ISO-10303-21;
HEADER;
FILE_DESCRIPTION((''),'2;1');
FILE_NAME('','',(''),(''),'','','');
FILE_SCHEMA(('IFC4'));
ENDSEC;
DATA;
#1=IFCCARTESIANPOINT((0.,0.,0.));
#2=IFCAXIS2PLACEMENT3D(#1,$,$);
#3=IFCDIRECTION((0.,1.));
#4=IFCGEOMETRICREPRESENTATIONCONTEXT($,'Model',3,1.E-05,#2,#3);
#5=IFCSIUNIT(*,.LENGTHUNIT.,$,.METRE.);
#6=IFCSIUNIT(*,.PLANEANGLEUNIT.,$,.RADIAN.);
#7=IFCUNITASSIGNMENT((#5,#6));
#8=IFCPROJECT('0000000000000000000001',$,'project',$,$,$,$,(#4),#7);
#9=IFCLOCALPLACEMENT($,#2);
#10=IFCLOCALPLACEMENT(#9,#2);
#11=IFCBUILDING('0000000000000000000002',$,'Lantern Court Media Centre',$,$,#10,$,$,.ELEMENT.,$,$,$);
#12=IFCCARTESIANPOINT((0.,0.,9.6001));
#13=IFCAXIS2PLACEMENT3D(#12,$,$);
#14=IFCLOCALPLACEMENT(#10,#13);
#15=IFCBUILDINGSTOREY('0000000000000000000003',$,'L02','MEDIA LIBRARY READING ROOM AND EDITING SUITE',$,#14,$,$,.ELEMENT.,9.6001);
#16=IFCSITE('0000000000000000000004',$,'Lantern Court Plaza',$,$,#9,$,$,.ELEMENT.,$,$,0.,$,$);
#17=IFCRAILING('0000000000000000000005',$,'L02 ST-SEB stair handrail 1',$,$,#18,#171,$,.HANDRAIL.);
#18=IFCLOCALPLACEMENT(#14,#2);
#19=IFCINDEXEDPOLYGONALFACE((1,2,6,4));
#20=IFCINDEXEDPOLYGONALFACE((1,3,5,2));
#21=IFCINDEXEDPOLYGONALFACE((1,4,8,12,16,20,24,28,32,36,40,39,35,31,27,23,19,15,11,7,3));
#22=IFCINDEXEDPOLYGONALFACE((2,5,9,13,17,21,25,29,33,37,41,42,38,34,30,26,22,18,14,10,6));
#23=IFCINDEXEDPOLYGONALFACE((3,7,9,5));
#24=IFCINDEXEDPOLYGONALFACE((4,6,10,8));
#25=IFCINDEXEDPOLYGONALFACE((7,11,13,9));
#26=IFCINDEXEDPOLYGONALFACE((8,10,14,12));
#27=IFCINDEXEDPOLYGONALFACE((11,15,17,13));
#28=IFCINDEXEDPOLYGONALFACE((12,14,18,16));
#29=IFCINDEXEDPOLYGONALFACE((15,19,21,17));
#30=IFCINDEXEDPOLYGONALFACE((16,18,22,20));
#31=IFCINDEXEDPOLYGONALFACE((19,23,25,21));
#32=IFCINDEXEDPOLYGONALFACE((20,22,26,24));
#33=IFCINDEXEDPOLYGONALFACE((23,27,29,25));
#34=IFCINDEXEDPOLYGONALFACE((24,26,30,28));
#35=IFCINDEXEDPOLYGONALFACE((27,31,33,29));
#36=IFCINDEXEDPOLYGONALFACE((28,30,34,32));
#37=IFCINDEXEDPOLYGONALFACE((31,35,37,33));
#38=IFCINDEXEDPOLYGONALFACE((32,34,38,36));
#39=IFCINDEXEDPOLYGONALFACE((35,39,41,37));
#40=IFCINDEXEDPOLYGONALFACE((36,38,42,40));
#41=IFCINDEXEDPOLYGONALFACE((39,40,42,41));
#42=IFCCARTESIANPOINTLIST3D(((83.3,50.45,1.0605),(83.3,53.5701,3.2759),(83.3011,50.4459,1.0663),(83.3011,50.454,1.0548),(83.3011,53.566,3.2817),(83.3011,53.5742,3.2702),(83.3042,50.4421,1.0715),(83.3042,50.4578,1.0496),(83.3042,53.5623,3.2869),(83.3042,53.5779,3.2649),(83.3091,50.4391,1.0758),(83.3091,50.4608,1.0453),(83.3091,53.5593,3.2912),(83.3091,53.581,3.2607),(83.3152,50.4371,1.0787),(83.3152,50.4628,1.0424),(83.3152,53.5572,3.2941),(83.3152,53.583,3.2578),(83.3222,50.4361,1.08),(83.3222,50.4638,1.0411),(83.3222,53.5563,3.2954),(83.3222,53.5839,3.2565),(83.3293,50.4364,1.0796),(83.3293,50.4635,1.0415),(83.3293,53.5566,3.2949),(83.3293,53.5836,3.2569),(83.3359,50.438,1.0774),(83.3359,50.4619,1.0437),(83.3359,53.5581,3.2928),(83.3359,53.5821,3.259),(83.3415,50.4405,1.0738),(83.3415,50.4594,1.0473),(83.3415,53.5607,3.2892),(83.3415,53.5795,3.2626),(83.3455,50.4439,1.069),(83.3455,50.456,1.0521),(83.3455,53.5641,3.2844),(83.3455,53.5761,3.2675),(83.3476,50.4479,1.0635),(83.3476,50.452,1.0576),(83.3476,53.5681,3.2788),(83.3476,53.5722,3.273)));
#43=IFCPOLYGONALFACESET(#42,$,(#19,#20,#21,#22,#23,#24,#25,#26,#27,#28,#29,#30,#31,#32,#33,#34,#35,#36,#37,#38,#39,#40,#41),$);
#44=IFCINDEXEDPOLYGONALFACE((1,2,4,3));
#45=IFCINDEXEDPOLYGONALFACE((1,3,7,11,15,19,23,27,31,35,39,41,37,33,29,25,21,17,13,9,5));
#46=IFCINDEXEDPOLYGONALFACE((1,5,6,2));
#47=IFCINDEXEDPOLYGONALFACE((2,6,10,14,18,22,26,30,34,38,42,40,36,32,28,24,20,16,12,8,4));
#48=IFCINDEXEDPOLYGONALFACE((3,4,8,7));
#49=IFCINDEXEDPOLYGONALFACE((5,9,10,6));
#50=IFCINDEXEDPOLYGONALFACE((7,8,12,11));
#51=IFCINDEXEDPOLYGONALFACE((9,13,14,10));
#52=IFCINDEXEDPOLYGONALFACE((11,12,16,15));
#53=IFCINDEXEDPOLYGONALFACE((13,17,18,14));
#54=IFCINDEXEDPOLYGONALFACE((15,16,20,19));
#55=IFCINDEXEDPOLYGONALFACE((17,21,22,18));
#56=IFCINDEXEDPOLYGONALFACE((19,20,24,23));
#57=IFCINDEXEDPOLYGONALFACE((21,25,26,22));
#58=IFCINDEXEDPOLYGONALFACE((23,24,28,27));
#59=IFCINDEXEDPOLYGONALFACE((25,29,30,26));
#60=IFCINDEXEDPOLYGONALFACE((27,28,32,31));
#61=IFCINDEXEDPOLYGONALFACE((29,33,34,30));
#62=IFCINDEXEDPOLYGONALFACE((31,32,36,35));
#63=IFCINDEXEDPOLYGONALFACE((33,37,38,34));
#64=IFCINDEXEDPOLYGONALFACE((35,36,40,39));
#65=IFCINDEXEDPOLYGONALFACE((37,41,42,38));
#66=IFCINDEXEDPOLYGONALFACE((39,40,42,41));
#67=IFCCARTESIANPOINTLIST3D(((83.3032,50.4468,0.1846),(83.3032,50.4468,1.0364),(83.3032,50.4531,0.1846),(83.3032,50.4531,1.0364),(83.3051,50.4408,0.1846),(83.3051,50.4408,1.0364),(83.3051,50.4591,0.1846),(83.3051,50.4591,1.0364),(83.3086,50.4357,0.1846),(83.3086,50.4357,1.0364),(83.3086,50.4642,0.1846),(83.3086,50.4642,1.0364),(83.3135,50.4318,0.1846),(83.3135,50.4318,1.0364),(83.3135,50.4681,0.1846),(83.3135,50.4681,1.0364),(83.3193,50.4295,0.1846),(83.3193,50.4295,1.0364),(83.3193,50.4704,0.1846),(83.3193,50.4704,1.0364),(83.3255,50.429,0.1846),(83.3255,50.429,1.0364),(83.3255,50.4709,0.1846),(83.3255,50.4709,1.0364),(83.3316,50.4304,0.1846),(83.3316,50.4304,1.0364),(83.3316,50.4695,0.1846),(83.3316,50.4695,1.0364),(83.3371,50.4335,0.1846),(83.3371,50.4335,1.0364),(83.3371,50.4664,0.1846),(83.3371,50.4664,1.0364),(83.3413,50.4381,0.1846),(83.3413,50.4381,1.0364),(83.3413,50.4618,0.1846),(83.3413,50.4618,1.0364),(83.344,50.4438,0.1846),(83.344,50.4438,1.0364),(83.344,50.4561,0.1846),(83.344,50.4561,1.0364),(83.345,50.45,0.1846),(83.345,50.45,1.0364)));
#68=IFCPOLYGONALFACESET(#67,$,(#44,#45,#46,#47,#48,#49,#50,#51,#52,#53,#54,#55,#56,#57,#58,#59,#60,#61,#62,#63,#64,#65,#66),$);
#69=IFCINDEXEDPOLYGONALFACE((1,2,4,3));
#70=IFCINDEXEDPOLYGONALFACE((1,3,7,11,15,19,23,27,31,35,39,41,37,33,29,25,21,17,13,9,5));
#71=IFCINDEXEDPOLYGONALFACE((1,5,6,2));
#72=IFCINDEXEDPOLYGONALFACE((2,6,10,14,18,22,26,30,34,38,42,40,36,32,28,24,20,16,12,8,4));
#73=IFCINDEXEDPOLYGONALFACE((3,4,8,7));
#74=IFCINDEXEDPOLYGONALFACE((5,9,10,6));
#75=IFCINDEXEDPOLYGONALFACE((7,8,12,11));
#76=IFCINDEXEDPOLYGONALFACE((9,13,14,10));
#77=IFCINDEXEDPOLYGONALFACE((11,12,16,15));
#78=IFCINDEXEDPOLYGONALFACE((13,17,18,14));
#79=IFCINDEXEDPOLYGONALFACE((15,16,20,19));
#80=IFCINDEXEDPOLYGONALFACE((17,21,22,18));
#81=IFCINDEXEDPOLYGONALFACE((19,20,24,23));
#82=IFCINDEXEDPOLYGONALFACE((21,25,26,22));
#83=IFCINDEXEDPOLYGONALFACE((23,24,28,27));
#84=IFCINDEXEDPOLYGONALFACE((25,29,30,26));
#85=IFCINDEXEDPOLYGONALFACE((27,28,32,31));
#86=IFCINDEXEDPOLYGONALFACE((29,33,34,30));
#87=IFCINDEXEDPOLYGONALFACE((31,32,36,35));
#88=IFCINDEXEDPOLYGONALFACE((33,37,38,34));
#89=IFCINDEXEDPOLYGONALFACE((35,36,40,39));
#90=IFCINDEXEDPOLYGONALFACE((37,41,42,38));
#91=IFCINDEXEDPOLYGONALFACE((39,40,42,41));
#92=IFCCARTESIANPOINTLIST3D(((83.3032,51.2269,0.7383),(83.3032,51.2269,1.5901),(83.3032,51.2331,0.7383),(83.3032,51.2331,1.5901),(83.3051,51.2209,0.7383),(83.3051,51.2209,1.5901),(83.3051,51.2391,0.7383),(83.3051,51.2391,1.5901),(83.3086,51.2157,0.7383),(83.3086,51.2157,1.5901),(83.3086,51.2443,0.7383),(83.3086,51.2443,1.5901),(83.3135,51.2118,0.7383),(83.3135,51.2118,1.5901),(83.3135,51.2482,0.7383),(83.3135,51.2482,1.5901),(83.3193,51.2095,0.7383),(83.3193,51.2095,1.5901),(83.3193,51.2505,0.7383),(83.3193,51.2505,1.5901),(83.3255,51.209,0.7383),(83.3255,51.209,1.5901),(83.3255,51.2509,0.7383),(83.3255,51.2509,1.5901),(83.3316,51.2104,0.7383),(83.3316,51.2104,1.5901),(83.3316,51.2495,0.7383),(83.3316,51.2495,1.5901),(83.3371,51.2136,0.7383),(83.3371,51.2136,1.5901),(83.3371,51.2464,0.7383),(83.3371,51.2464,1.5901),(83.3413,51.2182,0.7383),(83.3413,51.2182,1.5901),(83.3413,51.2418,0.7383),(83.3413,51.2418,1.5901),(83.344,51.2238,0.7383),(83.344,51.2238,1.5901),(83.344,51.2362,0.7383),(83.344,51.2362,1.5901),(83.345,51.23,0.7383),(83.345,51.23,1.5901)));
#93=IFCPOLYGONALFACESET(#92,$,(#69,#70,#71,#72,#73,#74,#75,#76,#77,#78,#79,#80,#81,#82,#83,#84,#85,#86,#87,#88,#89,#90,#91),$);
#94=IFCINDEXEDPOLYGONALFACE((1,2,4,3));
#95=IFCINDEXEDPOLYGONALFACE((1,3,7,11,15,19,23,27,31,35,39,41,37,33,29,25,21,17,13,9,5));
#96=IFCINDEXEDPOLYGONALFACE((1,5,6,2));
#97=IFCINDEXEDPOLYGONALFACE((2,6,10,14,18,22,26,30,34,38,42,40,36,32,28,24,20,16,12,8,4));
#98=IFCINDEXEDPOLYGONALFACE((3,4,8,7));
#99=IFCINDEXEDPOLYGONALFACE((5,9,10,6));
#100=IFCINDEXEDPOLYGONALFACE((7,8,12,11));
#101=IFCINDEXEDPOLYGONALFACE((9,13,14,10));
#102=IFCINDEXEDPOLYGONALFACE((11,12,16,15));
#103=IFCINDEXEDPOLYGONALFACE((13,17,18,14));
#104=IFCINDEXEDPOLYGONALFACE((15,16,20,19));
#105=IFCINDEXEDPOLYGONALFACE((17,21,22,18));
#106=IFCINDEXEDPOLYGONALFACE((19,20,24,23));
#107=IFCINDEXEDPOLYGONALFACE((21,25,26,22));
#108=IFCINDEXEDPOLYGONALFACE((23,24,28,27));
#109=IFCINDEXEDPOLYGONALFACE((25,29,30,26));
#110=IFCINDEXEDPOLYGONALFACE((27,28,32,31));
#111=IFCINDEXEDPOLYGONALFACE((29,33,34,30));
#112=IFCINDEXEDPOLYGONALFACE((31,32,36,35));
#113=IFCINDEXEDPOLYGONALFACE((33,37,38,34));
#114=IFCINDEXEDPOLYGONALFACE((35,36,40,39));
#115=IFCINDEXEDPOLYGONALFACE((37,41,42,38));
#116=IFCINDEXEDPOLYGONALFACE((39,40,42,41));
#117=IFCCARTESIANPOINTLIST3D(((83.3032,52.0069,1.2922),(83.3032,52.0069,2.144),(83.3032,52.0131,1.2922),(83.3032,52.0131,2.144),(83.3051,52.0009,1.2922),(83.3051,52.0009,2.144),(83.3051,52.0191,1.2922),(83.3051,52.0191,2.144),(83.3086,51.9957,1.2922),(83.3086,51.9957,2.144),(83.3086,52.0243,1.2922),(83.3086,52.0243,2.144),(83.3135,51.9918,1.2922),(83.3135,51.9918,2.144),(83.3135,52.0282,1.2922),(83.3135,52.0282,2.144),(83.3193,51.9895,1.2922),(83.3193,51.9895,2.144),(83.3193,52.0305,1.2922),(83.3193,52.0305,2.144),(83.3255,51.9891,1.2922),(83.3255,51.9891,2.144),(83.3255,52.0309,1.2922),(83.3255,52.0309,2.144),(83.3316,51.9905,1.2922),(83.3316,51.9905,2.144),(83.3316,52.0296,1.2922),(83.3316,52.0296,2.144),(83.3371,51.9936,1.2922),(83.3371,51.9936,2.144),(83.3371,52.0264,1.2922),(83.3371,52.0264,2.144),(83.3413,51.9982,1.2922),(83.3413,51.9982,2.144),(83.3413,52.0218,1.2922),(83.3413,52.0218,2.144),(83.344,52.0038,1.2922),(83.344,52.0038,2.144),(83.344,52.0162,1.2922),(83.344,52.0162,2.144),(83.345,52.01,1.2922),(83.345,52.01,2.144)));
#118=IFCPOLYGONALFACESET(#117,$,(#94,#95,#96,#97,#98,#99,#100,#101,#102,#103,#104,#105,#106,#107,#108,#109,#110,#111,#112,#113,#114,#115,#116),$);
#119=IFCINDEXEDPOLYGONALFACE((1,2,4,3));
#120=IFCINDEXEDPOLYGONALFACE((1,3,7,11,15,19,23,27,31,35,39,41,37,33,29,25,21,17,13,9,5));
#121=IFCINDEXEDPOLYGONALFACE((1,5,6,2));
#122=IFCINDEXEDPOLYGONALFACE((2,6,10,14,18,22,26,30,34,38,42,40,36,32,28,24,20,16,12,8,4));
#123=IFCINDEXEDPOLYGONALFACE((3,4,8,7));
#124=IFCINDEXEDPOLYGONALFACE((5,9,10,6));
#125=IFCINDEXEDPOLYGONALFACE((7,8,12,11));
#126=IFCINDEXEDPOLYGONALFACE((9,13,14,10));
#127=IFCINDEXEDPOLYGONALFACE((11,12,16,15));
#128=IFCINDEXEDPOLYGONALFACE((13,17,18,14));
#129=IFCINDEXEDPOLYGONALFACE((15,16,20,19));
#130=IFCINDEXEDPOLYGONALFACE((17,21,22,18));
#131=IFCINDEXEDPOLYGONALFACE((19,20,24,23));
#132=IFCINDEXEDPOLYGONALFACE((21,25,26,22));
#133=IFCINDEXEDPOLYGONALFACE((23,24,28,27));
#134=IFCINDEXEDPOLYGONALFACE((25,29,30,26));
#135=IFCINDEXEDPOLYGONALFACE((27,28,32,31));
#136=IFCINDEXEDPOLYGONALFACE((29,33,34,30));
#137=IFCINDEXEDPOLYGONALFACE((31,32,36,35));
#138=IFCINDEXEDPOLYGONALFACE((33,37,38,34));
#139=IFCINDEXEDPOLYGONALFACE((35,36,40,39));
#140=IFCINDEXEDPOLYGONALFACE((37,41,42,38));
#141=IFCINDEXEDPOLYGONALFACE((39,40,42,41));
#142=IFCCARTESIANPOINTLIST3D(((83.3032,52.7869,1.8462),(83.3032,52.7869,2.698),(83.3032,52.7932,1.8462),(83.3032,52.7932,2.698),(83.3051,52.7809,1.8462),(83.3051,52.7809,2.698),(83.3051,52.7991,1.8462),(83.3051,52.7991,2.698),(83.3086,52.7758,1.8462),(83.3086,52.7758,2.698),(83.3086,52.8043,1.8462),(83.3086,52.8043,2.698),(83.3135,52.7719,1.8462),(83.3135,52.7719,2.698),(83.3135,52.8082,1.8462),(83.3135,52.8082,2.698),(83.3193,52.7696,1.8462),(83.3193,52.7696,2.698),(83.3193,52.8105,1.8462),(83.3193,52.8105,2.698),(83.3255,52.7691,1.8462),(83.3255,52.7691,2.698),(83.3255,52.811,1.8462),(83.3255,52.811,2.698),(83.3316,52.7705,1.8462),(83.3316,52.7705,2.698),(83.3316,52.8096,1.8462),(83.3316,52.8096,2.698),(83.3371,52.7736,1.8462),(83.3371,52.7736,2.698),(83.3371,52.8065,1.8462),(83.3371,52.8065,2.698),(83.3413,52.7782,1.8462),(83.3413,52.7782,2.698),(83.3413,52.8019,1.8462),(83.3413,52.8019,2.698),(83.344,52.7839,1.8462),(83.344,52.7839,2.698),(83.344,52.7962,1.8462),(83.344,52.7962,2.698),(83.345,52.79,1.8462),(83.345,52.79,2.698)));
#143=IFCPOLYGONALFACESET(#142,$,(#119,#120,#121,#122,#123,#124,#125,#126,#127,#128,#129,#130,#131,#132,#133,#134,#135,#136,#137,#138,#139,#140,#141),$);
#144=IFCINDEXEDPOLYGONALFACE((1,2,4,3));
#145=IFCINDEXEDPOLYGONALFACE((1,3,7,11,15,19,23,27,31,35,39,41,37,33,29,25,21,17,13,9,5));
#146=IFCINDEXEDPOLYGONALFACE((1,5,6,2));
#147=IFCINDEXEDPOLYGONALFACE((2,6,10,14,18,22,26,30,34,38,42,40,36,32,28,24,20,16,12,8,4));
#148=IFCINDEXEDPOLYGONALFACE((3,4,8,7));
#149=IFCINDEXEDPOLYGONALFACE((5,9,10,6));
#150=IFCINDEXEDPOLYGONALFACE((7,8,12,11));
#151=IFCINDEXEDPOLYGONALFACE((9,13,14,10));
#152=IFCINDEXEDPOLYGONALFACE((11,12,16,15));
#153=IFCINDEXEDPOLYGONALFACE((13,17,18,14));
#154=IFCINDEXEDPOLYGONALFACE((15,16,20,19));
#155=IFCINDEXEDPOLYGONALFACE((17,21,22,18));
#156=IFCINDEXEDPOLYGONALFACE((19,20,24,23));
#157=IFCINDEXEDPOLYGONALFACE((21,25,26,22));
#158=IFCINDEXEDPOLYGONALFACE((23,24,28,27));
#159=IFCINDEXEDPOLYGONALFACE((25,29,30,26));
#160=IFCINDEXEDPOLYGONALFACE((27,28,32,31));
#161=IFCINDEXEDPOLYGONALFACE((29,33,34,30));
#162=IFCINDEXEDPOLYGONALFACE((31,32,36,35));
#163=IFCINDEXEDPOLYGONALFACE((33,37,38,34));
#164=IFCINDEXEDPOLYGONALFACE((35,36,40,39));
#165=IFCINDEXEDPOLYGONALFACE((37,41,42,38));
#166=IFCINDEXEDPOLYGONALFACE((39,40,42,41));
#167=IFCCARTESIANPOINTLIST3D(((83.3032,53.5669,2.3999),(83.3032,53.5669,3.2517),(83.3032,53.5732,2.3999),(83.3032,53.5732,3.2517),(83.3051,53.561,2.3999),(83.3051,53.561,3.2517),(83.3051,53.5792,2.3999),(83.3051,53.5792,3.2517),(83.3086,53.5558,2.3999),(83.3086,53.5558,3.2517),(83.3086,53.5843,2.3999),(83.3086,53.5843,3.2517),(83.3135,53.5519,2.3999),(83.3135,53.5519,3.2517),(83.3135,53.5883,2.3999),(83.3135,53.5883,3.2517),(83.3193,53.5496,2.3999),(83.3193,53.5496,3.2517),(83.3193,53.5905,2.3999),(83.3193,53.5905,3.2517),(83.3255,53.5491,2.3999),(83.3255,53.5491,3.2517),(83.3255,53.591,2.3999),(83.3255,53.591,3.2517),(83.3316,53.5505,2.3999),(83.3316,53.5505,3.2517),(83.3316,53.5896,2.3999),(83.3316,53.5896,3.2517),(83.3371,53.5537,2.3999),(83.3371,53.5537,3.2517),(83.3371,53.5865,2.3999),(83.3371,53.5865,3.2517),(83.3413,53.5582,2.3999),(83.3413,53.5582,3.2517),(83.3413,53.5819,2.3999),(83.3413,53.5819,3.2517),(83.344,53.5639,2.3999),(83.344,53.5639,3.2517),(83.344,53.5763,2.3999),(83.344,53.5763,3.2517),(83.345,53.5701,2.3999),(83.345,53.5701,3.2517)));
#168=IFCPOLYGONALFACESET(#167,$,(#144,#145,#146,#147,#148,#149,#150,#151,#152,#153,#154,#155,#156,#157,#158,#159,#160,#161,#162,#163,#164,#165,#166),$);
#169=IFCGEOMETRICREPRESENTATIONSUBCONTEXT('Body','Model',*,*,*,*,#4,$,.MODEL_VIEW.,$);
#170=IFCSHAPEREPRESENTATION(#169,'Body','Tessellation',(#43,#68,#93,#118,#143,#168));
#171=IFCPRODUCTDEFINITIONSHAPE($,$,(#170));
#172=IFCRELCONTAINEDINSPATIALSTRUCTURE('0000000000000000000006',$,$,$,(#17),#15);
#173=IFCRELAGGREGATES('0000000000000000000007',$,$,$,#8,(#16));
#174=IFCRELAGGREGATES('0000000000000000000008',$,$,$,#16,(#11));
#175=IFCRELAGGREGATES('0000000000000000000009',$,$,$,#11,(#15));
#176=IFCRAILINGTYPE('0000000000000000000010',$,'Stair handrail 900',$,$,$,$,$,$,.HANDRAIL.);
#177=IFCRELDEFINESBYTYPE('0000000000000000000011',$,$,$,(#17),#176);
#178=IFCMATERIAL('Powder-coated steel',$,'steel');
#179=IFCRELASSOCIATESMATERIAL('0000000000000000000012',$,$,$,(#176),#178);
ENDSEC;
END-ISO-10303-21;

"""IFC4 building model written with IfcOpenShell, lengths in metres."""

from ifc_helpers import new_model, si_unit, direction, frame, origin, origin_2d, place, context, subcontext, project, spatial, circle, extrude, material, type_object, element, save


model = new_model("IFC4")

# Units and contexts
model_context = context("Model", 3, precision=1e-05, world=origin(), true_north=direction((0.0, 1.0)))
body_context = subcontext(model_context, "Body", "Model", "MODEL_VIEW")
ifc_project = project(units=[si_unit("LENGTHUNIT", "METRE"), si_unit("PLANEANGLEUNIT", "RADIAN")], contexts=[model_context])

# Site, building, storey
site_placement = place(None, origin())
site = spatial("IfcSite", under=ifc_project, at=site_placement, Name="Lantern Court Plaza", CompositionType="ELEMENT", RefElevation=0.0)
building_placement = place(site_placement, origin())
building = spatial("IfcBuilding", under=site, at=building_placement, Name="Lantern Court Media Centre", CompositionType="ELEMENT")
storey_placement = place(building_placement, frame((0.0, 0.0, 9.6001)))
storey = spatial("IfcBuildingStorey", under=building, at=storey_placement, Name="L02", Description="MEDIA LIBRARY READING ROOM AND EDITING SUITE", CompositionType="ELEMENT", Elevation=9.6001)

# Shared definitions
ifc_material_1 = material(Name="Powder-coated steel", Category="steel")

# Railing
railing_type_1 = type_object("IfcRailingType", Name="Stair handrail 900", PredefinedType="HANDRAIL", material=ifc_material_1)
railing_1_placement = place(storey_placement, frame((83.324, 50.45, 0.1846)))
element("IfcRailing", 1, at=railing_1_placement, inside=storey, type_object=railing_type_1, Name="L02 ST-SEB stair handrail 1", PredefinedType="HANDRAIL", context=body_context, shape_type="SweptSolid", body=[
    extrude(circle(Radius=0.0239, at=origin_2d()), frame((0.0, 0.0, 0.876), z_axis=(0.0, 0.815377, 0.57893), x_axis=(-1.0, 0.0, 0.0)), (0.0, 0.0, 1.0), 3.8267),
    extrude(circle(Radius=0.021, at=origin_2d()), origin(), (0.0, 0.0, 1.0), 0.8518),
    extrude(circle(Radius=0.021, at=origin_2d()), frame((0.0, 0.78, 0.5537)), (0.0, 0.0, 1.0), 0.8518),
    extrude(circle(Radius=0.021, at=origin_2d()), frame((0.0, 1.5601, 1.1077)), (0.0, 0.0, 1.0), 0.8518),
    extrude(circle(Radius=0.021, at=origin_2d()), frame((0.0, 2.3401, 1.6616)), (0.0, 0.0, 1.0), 0.8518),
    extrude(circle(Radius=0.021, at=origin_2d()), frame((0.0, 3.1201, 2.2153)), (0.0, 0.0, 1.0), 0.8518),
])

save(model, "model.ifc")
